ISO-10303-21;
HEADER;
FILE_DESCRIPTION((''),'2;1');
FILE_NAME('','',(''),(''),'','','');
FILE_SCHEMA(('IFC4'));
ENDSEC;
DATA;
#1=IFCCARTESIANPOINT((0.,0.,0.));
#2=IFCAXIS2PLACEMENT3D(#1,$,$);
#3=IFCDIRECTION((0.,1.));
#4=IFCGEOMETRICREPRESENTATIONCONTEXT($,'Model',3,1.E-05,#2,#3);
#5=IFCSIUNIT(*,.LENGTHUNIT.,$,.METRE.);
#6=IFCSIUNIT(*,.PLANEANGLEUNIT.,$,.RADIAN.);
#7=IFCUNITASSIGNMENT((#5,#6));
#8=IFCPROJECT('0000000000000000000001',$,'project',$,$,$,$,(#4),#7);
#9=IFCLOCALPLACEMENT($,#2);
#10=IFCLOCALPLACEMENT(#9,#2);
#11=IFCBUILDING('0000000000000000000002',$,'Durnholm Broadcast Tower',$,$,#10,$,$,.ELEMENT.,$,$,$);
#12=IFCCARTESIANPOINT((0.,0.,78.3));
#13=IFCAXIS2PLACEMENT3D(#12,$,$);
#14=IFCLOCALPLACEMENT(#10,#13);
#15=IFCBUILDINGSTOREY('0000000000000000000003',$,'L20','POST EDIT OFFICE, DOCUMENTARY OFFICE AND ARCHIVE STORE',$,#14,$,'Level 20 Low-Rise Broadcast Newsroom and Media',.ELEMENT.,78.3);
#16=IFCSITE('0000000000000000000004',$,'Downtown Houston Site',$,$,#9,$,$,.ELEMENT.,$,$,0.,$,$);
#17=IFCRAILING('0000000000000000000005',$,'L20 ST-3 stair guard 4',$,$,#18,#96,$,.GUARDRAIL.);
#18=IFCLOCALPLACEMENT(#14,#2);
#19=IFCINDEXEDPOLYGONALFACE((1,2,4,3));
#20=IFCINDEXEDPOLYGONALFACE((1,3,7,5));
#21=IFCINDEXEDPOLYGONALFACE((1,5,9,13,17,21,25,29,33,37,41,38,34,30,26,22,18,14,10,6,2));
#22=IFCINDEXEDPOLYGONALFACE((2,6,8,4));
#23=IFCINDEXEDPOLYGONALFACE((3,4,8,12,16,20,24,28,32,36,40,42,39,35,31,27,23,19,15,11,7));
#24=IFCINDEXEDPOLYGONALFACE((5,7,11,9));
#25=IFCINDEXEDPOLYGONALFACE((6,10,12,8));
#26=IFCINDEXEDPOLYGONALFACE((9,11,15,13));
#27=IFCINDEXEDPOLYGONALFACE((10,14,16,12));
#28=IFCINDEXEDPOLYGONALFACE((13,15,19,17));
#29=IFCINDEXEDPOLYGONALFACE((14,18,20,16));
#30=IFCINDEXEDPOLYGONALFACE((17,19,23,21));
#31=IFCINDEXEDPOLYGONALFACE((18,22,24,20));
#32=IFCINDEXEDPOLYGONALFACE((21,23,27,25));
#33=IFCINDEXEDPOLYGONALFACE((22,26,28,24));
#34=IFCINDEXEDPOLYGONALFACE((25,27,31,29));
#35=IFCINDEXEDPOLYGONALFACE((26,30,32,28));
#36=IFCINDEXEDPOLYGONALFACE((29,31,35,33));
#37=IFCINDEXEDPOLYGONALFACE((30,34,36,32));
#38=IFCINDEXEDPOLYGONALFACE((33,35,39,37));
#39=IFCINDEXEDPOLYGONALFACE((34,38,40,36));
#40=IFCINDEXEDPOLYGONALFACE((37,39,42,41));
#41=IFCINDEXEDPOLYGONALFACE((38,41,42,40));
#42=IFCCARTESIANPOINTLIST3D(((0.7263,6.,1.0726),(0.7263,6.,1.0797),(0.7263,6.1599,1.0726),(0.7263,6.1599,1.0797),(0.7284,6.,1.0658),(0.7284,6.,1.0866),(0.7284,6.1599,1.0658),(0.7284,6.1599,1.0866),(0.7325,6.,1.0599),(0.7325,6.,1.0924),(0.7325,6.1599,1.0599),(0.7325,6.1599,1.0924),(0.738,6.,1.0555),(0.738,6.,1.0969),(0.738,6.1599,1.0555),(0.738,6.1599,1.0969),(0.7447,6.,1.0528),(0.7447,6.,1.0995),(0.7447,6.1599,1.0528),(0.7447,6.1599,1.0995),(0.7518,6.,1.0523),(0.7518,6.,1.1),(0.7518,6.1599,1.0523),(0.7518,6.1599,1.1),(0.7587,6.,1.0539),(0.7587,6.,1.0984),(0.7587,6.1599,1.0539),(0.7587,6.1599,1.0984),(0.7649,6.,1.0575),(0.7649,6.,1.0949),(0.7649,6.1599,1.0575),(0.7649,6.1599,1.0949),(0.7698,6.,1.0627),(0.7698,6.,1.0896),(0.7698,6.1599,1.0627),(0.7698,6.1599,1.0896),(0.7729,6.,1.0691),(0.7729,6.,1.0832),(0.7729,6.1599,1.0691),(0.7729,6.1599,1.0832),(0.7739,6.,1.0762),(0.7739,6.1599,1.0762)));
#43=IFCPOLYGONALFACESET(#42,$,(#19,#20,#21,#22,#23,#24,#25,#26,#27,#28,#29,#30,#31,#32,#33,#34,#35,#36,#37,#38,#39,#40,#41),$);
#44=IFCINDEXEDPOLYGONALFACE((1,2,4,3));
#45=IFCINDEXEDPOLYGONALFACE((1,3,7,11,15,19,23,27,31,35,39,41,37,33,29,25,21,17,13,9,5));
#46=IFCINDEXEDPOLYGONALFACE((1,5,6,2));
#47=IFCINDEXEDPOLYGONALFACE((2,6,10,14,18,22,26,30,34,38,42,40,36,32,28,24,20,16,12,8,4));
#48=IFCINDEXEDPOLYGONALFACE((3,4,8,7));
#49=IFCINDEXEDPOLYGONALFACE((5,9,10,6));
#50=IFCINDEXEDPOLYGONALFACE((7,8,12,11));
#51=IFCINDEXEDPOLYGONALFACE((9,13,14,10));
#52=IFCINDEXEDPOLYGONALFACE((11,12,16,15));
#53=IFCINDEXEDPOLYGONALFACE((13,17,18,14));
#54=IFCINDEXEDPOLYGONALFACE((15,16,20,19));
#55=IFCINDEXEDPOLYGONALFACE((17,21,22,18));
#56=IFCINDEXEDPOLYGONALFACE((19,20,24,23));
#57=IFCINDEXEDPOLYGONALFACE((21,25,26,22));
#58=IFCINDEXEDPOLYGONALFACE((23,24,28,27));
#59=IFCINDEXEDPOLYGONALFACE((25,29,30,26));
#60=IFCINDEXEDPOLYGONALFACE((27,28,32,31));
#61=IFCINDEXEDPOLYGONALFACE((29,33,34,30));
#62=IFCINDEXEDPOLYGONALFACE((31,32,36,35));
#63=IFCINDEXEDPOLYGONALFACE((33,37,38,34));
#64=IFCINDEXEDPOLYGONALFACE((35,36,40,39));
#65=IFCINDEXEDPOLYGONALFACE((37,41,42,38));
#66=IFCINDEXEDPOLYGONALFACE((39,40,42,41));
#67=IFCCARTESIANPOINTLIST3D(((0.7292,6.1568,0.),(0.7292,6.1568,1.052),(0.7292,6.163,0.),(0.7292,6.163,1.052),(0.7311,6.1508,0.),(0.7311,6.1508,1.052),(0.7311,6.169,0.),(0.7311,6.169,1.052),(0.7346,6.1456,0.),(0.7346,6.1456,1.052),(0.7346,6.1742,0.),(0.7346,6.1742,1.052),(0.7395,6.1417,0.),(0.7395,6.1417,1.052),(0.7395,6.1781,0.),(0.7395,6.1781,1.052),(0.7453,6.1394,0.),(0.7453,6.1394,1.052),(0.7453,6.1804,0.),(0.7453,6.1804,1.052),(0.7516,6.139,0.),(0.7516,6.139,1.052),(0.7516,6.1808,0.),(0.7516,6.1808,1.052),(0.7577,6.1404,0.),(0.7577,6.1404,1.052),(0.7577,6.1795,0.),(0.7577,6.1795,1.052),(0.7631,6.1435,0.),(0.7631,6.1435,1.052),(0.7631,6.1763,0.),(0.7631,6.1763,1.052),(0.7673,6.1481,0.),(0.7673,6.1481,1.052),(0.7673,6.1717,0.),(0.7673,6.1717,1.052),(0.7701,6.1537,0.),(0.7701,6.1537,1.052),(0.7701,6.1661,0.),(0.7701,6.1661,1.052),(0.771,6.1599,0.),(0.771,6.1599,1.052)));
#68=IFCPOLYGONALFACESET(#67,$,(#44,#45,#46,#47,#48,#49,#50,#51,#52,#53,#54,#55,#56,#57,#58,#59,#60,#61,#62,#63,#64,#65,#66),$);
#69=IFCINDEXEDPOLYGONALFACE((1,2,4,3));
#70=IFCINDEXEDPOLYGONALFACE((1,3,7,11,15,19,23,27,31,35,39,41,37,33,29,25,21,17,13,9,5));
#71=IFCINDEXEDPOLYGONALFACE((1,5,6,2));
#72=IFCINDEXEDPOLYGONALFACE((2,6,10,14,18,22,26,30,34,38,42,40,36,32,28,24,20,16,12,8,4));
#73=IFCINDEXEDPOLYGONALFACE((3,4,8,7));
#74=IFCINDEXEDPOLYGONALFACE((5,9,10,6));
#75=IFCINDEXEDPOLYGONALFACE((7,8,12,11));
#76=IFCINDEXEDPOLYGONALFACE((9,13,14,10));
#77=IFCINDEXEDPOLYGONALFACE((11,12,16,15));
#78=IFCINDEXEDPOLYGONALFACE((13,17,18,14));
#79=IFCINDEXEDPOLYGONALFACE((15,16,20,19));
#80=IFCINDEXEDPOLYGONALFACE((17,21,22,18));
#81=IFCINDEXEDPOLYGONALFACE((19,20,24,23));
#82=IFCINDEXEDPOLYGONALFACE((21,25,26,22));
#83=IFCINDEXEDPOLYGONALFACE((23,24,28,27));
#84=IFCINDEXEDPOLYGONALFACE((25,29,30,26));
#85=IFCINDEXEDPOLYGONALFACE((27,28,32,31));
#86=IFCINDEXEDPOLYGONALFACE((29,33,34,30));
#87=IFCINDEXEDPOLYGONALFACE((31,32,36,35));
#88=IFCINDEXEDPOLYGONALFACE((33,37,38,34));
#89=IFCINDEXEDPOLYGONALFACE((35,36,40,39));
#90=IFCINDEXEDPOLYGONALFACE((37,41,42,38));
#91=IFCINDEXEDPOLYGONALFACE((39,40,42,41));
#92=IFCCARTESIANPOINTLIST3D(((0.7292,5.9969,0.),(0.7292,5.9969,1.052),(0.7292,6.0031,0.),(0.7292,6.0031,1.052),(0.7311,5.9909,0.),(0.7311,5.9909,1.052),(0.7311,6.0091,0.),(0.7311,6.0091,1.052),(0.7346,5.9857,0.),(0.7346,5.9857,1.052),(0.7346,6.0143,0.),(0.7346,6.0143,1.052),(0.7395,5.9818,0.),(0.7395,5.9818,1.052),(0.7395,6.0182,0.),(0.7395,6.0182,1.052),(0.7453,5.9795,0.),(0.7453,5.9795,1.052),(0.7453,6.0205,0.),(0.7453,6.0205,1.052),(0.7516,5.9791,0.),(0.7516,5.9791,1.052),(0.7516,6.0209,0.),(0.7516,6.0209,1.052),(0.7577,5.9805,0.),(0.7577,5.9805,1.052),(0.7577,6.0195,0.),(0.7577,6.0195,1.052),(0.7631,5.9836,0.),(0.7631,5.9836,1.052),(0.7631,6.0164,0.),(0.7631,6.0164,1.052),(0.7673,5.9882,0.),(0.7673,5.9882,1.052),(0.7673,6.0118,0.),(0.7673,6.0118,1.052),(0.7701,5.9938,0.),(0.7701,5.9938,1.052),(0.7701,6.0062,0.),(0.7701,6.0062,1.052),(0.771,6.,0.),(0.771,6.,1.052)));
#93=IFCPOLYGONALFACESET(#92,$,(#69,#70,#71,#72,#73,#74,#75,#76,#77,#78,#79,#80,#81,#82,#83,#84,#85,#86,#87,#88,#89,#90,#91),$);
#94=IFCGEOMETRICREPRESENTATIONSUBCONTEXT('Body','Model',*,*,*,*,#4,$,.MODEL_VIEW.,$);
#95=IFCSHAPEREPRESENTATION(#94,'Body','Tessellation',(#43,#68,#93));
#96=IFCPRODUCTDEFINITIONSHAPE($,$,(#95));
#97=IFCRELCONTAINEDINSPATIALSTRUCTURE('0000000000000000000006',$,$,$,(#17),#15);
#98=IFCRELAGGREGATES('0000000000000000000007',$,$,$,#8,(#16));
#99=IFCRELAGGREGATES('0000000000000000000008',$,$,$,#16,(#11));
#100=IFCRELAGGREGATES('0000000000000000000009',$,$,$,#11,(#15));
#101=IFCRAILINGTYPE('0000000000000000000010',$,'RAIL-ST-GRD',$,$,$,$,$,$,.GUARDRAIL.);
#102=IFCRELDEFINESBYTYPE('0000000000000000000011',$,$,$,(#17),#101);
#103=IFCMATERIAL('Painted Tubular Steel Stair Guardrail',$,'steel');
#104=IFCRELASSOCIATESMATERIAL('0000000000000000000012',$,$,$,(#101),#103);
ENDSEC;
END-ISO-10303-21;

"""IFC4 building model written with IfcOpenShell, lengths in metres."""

from ifc_helpers import new_model, si_unit, direction, frame, origin, origin_2d, place, context, subcontext, project, spatial, circle, extrude, material, type_object, element, save


model = new_model("IFC4")

# Units and contexts
model_context = context("Model", 3, precision=1e-05, world=origin(), true_north=direction((0.0, 1.0)))
body_context = subcontext(model_context, "Body", "Model", "MODEL_VIEW")
ifc_project = project(units=[si_unit("LENGTHUNIT", "METRE"), si_unit("PLANEANGLEUNIT", "RADIAN")], contexts=[model_context])

# Site, building, storey
site_placement = place(None, origin())
site = spatial("IfcSite", under=ifc_project, at=site_placement, Name="Downtown Houston Site", CompositionType="ELEMENT", RefElevation=0.0)
building_placement = place(site_placement, origin())
building = spatial("IfcBuilding", under=site, at=building_placement, Name="Durnholm Broadcast Tower", CompositionType="ELEMENT")
storey_placement = place(building_placement, frame((0.0, 0.0, 78.3)))
storey = spatial("IfcBuildingStorey", under=building, at=storey_placement, Name="L20", Description="POST EDIT OFFICE, DOCUMENTARY OFFICE AND ARCHIVE STORE", LongName="Level 20 Low-Rise Broadcast Newsroom and Media", CompositionType="ELEMENT", Elevation=78.3)

# Railing
ifc_material_1 = material(Name="Painted Tubular Steel Stair Guardrail", Category="steel")
railing_type_1 = type_object("IfcRailingType", Name="RAIL-ST-GRD", PredefinedType="GUARDRAIL", material=ifc_material_1)
railing_1_placement = place(storey_placement, frame((0.75, 6.1599, 0.0)))
element("IfcRailing", 1, at=railing_1_placement, inside=storey, type_object=railing_type_1, Name="L20 ST-3 stair guard 4", PredefinedType="GUARDRAIL", context=body_context, shape_type="SweptSolid", body=[
    extrude(circle(Radius=0.0239, at=origin_2d()), frame((0.0, 0.0, 1.0762), z_axis=(0.0, -1.0, 0.0), x_axis=(1.0, 0.0, 0.0)), (0.0, 0.0, 1.0), 0.1599),
    extrude(circle(Radius=0.021, at=origin_2d()), origin(), (0.0, 0.0, 1.0), 1.052),
    extrude(circle(Radius=0.021, at=origin_2d()), frame((0.0, -0.1599, 0.0)), (0.0, 0.0, 1.0), 1.052),
])

save(model, "model.ifc")
